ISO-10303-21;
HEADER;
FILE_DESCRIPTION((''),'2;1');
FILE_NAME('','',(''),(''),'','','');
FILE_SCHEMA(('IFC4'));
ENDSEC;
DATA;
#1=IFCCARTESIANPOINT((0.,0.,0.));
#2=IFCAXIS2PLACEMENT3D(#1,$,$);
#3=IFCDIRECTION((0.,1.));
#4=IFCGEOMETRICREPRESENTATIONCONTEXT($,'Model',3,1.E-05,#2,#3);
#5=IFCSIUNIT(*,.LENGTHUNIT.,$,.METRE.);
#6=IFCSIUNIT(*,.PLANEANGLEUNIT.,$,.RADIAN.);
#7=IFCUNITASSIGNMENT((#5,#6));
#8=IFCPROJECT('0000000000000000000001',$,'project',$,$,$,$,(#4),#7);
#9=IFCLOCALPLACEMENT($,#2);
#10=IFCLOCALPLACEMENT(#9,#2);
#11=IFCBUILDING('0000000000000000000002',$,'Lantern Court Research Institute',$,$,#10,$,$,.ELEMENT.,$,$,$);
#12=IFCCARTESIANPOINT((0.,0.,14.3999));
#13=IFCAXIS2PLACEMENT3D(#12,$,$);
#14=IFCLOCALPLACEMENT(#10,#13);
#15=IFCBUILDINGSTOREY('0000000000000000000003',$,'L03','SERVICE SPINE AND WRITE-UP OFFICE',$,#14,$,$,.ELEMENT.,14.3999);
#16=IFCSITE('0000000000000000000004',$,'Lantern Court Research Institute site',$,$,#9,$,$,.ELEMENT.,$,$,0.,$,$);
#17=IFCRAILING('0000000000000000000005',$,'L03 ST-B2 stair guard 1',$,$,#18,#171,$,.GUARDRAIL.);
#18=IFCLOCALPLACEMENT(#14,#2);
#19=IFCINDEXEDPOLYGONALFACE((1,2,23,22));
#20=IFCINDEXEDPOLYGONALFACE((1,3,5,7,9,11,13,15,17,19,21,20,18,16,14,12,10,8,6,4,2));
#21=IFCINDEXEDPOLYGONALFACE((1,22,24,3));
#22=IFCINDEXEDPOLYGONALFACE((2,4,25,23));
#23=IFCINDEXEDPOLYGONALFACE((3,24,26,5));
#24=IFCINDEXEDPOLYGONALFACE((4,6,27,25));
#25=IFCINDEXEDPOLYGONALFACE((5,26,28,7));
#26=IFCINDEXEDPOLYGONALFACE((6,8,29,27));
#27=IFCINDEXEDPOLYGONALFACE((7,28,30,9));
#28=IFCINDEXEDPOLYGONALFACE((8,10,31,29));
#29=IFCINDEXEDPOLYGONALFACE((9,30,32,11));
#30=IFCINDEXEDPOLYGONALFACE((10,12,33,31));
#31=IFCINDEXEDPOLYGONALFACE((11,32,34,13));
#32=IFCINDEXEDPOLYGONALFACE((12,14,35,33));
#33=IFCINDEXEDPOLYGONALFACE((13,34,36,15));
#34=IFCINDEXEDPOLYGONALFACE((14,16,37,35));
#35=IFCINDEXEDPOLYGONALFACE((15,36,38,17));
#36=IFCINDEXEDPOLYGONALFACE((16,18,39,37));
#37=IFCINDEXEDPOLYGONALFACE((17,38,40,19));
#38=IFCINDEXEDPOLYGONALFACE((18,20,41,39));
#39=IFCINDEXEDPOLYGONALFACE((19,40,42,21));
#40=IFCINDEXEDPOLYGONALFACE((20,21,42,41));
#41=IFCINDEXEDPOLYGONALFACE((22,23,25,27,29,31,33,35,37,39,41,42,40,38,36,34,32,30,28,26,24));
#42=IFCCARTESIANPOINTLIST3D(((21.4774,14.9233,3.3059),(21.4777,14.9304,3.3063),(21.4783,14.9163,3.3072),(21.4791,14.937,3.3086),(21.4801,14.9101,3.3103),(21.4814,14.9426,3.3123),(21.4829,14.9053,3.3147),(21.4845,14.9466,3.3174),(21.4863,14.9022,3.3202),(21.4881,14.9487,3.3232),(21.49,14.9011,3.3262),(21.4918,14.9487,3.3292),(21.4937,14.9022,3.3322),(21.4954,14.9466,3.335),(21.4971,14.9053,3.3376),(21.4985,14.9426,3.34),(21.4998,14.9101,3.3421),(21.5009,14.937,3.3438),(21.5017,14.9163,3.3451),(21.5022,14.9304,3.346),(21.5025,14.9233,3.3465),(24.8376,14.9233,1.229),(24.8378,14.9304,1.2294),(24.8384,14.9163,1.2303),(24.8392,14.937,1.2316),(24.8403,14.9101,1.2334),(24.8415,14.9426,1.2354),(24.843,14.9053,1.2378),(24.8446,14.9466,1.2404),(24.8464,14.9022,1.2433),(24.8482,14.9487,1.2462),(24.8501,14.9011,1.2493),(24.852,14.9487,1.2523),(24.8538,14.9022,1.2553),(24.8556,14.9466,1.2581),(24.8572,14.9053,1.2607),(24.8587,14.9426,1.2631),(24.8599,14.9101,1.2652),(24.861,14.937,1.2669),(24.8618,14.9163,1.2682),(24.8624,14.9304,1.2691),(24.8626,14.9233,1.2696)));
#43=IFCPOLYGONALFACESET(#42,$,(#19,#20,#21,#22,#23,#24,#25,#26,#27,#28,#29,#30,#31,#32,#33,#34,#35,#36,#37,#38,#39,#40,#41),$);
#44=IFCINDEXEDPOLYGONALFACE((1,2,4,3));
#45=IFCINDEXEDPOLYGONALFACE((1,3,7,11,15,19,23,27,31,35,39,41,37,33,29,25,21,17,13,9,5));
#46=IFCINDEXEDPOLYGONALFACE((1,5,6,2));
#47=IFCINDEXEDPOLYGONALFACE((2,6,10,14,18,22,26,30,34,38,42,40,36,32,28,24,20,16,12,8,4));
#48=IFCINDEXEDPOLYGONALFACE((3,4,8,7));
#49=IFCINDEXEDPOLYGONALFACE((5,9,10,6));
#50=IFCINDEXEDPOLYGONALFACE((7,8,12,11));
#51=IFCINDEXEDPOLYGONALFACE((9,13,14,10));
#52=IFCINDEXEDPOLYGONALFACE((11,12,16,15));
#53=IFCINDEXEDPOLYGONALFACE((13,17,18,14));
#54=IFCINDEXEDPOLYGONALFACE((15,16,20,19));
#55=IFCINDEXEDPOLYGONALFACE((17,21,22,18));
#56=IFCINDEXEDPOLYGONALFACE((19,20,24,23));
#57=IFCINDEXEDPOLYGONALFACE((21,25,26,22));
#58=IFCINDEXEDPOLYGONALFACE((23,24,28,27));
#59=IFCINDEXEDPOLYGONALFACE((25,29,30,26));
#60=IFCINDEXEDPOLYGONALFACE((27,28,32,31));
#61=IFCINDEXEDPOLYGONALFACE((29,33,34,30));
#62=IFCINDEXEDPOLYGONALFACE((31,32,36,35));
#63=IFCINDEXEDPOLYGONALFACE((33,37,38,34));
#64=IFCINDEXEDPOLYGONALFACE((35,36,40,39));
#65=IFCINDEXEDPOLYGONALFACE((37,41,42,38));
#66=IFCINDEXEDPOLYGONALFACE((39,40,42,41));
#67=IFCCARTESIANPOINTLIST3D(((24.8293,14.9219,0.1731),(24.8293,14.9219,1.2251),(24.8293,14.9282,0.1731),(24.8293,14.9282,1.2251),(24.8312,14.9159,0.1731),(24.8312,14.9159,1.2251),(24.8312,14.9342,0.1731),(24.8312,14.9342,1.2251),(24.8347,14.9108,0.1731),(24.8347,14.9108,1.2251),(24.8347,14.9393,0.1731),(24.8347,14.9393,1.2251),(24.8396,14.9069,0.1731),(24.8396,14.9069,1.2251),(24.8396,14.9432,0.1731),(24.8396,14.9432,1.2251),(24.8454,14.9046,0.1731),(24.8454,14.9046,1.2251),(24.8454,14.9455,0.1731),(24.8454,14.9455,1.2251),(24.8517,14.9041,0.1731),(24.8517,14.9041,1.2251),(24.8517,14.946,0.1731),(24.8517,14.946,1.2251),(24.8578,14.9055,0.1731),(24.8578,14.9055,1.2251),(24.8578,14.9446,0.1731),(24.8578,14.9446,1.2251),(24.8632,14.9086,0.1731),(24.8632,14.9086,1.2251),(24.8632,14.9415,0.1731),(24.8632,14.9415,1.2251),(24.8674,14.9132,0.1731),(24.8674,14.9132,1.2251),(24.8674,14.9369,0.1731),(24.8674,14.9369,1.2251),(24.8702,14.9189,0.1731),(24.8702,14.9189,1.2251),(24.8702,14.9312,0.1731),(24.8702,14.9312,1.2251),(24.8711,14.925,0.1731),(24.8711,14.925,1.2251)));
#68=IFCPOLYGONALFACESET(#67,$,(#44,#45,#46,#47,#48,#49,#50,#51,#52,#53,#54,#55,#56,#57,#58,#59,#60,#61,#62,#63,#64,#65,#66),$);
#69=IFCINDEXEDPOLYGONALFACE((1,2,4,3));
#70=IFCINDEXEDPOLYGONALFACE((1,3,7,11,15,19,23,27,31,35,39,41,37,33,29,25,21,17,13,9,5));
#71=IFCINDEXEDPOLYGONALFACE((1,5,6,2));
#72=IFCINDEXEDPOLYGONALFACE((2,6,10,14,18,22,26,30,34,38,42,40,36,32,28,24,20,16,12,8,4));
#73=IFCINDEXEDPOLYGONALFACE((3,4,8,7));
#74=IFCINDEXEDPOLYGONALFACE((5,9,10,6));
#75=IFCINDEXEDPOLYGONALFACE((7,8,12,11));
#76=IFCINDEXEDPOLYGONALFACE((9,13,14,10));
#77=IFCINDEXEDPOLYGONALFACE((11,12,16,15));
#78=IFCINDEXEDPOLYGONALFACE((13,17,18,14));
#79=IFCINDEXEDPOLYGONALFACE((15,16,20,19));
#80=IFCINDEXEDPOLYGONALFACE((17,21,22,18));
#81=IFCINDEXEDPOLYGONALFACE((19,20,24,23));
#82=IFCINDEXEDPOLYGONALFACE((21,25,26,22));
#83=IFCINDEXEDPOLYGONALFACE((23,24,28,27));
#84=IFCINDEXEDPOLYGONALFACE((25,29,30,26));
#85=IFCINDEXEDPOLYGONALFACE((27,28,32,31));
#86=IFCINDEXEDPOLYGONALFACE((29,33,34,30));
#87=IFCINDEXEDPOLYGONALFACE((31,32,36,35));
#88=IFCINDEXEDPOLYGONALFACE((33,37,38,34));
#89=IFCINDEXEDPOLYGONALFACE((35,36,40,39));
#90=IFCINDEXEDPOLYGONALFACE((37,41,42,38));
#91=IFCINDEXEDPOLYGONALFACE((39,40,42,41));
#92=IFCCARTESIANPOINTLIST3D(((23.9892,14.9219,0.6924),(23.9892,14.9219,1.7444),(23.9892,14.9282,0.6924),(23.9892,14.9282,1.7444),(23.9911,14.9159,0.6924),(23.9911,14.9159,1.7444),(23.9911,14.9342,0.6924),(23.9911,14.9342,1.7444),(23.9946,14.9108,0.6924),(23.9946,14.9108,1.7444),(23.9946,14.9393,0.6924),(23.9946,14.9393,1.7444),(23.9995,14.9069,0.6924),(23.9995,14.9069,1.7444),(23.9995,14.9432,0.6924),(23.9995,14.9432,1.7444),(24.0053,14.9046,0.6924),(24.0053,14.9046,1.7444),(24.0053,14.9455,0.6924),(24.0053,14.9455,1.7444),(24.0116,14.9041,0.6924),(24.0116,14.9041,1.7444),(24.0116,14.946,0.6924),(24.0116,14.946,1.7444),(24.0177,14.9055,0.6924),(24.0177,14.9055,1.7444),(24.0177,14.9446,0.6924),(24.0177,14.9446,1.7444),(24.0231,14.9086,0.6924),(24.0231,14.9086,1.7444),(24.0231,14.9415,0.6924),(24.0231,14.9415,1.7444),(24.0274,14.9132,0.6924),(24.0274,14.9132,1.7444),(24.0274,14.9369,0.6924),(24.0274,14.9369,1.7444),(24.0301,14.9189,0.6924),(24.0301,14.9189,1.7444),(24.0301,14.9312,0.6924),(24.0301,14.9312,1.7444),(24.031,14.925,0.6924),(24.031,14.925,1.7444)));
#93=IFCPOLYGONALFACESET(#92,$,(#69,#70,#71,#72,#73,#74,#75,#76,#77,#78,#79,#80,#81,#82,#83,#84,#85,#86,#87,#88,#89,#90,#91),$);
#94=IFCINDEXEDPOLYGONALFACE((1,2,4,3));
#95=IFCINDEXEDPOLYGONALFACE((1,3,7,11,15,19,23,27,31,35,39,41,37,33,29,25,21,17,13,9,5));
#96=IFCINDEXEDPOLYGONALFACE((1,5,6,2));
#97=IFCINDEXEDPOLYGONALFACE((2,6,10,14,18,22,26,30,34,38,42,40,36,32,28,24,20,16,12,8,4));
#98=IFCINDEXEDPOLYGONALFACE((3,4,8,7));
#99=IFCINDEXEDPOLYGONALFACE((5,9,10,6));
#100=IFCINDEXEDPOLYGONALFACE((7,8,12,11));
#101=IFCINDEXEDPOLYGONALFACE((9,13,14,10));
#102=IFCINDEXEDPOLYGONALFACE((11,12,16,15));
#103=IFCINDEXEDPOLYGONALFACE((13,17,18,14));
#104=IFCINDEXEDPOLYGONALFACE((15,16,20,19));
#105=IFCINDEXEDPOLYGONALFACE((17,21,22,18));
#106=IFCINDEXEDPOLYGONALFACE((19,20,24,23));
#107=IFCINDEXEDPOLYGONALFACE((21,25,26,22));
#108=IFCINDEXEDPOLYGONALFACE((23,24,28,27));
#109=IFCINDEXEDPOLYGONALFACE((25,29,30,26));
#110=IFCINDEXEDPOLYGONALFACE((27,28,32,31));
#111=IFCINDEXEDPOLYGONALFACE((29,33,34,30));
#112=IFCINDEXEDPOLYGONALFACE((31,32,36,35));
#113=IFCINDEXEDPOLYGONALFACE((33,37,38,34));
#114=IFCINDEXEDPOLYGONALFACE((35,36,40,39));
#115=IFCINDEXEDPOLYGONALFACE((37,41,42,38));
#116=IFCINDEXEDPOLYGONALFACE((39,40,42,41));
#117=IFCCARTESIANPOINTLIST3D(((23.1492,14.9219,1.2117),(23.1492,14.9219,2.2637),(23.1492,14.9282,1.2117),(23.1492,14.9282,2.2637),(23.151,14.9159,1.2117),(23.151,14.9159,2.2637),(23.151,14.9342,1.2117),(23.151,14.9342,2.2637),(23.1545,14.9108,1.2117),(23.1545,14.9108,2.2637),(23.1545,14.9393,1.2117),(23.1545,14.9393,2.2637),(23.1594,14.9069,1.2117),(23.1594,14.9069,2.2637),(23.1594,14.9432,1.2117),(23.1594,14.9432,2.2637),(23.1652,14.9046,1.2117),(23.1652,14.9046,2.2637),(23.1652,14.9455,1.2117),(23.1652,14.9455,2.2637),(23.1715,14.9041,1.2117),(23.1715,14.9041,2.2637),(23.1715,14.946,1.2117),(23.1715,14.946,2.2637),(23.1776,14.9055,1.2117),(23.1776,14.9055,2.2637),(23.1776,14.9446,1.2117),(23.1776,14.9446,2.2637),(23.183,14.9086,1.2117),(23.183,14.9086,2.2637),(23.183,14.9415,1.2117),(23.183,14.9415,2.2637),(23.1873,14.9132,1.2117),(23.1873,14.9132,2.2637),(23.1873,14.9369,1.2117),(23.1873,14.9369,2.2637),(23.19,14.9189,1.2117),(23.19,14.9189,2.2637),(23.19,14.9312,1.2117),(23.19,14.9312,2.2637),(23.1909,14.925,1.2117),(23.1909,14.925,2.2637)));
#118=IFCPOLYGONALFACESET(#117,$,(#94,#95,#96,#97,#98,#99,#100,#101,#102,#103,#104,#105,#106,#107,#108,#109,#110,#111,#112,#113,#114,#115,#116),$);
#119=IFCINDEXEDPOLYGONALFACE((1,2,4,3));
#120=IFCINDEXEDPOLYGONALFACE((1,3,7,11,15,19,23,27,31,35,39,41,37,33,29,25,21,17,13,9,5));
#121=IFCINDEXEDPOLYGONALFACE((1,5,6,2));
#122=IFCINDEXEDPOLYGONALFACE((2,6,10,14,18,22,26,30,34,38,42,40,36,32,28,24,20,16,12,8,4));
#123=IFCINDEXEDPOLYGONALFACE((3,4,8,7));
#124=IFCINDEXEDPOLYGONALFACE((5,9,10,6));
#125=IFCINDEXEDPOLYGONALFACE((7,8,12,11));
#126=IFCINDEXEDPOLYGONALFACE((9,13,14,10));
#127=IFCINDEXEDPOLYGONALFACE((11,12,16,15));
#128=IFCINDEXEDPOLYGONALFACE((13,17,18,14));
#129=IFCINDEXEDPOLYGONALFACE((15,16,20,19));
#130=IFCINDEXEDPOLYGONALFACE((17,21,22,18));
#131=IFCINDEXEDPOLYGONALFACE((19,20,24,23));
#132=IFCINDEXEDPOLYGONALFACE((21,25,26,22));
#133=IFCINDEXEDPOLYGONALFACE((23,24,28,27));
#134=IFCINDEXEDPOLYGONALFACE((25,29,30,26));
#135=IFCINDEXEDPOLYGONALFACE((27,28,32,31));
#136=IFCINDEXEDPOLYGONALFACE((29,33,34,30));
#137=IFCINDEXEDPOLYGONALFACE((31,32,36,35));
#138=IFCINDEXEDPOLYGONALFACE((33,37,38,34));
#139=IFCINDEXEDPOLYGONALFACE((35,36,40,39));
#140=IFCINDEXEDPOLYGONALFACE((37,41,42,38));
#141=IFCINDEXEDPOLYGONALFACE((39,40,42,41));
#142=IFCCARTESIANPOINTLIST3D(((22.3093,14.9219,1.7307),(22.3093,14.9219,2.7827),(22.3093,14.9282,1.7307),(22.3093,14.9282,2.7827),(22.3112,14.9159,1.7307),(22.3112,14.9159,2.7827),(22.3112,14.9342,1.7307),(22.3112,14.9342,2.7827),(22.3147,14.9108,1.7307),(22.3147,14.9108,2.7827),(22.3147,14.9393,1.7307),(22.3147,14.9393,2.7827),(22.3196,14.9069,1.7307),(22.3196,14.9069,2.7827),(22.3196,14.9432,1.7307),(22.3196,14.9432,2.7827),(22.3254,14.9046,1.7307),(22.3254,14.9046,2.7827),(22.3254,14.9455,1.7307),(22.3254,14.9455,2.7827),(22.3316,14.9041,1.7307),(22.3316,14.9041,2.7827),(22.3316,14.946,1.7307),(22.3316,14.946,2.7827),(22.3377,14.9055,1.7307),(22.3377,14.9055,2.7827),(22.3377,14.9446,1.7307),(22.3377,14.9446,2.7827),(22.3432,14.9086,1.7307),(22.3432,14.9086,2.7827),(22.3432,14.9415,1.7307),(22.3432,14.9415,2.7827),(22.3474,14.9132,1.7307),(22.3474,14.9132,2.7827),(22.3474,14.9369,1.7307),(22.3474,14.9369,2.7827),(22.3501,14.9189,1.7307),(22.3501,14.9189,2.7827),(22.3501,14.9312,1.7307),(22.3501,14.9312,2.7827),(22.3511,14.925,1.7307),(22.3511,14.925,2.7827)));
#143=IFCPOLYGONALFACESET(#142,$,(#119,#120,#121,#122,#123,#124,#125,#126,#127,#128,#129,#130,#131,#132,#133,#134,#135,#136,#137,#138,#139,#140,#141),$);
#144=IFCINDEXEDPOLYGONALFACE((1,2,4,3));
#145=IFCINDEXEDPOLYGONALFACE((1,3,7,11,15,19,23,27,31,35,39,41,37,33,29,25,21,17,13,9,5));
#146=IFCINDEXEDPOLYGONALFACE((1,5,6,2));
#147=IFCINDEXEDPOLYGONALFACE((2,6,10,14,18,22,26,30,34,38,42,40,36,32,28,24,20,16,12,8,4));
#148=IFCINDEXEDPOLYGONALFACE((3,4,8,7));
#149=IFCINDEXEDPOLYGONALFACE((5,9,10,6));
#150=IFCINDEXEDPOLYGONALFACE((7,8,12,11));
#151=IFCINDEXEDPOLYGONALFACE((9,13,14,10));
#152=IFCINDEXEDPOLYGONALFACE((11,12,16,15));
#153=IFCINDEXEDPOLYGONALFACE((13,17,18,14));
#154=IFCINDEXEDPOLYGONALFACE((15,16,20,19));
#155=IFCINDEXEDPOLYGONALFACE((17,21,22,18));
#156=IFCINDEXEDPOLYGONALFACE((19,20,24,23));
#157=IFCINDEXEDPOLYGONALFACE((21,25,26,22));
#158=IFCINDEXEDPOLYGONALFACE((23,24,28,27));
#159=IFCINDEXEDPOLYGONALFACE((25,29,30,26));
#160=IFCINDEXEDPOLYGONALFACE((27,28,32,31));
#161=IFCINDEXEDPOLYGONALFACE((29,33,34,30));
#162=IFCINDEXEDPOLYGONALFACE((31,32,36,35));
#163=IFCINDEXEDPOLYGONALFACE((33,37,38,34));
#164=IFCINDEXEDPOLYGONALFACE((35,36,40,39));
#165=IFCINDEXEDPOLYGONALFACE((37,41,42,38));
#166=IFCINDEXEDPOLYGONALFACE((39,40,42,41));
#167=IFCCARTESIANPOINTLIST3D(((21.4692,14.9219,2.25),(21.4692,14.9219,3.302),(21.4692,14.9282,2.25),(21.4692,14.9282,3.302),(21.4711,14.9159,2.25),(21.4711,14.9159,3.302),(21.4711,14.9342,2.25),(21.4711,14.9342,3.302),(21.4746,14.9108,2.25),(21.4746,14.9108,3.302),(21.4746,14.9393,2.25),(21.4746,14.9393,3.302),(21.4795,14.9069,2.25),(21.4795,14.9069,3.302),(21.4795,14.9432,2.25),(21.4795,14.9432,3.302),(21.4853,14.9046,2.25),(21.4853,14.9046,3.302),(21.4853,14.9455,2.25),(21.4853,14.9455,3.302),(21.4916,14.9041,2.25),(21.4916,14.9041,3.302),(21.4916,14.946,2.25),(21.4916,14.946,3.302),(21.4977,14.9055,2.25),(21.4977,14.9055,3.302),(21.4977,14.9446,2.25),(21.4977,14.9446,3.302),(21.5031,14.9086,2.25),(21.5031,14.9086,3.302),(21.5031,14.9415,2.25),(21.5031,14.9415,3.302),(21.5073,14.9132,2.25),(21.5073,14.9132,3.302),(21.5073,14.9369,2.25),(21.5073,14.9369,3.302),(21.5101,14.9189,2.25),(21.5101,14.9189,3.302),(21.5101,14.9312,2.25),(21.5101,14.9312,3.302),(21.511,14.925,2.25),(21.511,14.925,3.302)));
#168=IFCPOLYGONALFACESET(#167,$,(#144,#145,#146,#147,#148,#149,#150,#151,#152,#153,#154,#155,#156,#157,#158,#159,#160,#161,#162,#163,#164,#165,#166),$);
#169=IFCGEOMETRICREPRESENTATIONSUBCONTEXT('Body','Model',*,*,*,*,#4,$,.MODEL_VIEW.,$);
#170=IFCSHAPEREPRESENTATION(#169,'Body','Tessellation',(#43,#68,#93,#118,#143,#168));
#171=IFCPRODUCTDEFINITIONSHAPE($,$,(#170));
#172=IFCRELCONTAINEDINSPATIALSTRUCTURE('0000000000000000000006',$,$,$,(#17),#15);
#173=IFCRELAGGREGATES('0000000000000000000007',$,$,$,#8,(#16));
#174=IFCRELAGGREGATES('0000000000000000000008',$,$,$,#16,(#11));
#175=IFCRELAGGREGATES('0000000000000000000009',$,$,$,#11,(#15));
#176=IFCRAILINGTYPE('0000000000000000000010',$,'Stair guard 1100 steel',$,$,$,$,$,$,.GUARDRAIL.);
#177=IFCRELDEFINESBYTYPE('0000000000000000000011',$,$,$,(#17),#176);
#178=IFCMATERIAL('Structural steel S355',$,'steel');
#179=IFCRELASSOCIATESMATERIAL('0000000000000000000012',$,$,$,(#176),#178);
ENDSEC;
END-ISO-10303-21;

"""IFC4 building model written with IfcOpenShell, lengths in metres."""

from ifc_helpers import new_model, si_unit, direction, frame, origin, origin_2d, place, context, subcontext, project, spatial, circle, extrude, material, type_object, element, save


model = new_model("IFC4")

# Units and contexts
model_context = context("Model", 3, precision=1e-05, world=origin(), true_north=direction((0.0, 1.0)))
body_context = subcontext(model_context, "Body", "Model", "MODEL_VIEW")
ifc_project = project(units=[si_unit("LENGTHUNIT", "METRE"), si_unit("PLANEANGLEUNIT", "RADIAN")], contexts=[model_context])

# Site, building, storey
site_placement = place(None, origin())
site = spatial("IfcSite", under=ifc_project, at=site_placement, Name="Lantern Court Research Institute site", CompositionType="ELEMENT", RefElevation=0.0)
building_placement = place(site_placement, origin())
building = spatial("IfcBuilding", under=site, at=building_placement, Name="Lantern Court Research Institute", CompositionType="ELEMENT")
storey_placement = place(building_placement, frame((0.0, 0.0, 14.3999)))
storey = spatial("IfcBuildingStorey", under=building, at=storey_placement, Name="L03", Description="SERVICE SPINE AND WRITE-UP OFFICE", CompositionType="ELEMENT", Elevation=14.3999)

# Railing
ifc_material_1 = material(Name="Structural steel S355", Category="steel")
railing_type_1 = type_object("IfcRailingType", Name="Stair guard 1100 steel", PredefinedType="GUARDRAIL", material=ifc_material_1)
railing_1_placement = place(storey_placement, frame((24.8501, 14.925, 0.1731)))
element("IfcRailing", 1, at=railing_1_placement, inside=storey, type_object=railing_type_1, Name="L03 ST-B2 stair guard 1", PredefinedType="GUARDRAIL", context=body_context, shape_type="SweptSolid", body=[
    extrude(circle(Radius=0.0239, at=origin_2d()), frame((0.0, 0.0, 1.0762), z_axis=(-0.850623, 0.0, 0.525776), x_axis=(0.0, -1.0, 0.0)), (0.0, 0.0, 1.0), 3.9502),
    extrude(circle(Radius=0.021, at=origin_2d()), origin(), (0.0, 0.0, 1.0), 1.052),
    extrude(circle(Radius=0.021, at=origin_2d()), frame((-0.8401, 0.0, 0.5193)), (0.0, 0.0, 1.0), 1.052),
    extrude(circle(Radius=0.021, at=origin_2d()), frame((-1.6802, 0.0, 1.0386)), (0.0, 0.0, 1.0), 1.052),
    extrude(circle(Radius=0.021, at=origin_2d()), frame((-2.52, 0.0, 1.5576)), (0.0, 0.0, 1.0), 1.052),
    extrude(circle(Radius=0.021, at=origin_2d()), frame((-3.3601, 0.0, 2.0769)), (0.0, 0.0, 1.0), 1.052),
])

save(model, "model.ifc")
